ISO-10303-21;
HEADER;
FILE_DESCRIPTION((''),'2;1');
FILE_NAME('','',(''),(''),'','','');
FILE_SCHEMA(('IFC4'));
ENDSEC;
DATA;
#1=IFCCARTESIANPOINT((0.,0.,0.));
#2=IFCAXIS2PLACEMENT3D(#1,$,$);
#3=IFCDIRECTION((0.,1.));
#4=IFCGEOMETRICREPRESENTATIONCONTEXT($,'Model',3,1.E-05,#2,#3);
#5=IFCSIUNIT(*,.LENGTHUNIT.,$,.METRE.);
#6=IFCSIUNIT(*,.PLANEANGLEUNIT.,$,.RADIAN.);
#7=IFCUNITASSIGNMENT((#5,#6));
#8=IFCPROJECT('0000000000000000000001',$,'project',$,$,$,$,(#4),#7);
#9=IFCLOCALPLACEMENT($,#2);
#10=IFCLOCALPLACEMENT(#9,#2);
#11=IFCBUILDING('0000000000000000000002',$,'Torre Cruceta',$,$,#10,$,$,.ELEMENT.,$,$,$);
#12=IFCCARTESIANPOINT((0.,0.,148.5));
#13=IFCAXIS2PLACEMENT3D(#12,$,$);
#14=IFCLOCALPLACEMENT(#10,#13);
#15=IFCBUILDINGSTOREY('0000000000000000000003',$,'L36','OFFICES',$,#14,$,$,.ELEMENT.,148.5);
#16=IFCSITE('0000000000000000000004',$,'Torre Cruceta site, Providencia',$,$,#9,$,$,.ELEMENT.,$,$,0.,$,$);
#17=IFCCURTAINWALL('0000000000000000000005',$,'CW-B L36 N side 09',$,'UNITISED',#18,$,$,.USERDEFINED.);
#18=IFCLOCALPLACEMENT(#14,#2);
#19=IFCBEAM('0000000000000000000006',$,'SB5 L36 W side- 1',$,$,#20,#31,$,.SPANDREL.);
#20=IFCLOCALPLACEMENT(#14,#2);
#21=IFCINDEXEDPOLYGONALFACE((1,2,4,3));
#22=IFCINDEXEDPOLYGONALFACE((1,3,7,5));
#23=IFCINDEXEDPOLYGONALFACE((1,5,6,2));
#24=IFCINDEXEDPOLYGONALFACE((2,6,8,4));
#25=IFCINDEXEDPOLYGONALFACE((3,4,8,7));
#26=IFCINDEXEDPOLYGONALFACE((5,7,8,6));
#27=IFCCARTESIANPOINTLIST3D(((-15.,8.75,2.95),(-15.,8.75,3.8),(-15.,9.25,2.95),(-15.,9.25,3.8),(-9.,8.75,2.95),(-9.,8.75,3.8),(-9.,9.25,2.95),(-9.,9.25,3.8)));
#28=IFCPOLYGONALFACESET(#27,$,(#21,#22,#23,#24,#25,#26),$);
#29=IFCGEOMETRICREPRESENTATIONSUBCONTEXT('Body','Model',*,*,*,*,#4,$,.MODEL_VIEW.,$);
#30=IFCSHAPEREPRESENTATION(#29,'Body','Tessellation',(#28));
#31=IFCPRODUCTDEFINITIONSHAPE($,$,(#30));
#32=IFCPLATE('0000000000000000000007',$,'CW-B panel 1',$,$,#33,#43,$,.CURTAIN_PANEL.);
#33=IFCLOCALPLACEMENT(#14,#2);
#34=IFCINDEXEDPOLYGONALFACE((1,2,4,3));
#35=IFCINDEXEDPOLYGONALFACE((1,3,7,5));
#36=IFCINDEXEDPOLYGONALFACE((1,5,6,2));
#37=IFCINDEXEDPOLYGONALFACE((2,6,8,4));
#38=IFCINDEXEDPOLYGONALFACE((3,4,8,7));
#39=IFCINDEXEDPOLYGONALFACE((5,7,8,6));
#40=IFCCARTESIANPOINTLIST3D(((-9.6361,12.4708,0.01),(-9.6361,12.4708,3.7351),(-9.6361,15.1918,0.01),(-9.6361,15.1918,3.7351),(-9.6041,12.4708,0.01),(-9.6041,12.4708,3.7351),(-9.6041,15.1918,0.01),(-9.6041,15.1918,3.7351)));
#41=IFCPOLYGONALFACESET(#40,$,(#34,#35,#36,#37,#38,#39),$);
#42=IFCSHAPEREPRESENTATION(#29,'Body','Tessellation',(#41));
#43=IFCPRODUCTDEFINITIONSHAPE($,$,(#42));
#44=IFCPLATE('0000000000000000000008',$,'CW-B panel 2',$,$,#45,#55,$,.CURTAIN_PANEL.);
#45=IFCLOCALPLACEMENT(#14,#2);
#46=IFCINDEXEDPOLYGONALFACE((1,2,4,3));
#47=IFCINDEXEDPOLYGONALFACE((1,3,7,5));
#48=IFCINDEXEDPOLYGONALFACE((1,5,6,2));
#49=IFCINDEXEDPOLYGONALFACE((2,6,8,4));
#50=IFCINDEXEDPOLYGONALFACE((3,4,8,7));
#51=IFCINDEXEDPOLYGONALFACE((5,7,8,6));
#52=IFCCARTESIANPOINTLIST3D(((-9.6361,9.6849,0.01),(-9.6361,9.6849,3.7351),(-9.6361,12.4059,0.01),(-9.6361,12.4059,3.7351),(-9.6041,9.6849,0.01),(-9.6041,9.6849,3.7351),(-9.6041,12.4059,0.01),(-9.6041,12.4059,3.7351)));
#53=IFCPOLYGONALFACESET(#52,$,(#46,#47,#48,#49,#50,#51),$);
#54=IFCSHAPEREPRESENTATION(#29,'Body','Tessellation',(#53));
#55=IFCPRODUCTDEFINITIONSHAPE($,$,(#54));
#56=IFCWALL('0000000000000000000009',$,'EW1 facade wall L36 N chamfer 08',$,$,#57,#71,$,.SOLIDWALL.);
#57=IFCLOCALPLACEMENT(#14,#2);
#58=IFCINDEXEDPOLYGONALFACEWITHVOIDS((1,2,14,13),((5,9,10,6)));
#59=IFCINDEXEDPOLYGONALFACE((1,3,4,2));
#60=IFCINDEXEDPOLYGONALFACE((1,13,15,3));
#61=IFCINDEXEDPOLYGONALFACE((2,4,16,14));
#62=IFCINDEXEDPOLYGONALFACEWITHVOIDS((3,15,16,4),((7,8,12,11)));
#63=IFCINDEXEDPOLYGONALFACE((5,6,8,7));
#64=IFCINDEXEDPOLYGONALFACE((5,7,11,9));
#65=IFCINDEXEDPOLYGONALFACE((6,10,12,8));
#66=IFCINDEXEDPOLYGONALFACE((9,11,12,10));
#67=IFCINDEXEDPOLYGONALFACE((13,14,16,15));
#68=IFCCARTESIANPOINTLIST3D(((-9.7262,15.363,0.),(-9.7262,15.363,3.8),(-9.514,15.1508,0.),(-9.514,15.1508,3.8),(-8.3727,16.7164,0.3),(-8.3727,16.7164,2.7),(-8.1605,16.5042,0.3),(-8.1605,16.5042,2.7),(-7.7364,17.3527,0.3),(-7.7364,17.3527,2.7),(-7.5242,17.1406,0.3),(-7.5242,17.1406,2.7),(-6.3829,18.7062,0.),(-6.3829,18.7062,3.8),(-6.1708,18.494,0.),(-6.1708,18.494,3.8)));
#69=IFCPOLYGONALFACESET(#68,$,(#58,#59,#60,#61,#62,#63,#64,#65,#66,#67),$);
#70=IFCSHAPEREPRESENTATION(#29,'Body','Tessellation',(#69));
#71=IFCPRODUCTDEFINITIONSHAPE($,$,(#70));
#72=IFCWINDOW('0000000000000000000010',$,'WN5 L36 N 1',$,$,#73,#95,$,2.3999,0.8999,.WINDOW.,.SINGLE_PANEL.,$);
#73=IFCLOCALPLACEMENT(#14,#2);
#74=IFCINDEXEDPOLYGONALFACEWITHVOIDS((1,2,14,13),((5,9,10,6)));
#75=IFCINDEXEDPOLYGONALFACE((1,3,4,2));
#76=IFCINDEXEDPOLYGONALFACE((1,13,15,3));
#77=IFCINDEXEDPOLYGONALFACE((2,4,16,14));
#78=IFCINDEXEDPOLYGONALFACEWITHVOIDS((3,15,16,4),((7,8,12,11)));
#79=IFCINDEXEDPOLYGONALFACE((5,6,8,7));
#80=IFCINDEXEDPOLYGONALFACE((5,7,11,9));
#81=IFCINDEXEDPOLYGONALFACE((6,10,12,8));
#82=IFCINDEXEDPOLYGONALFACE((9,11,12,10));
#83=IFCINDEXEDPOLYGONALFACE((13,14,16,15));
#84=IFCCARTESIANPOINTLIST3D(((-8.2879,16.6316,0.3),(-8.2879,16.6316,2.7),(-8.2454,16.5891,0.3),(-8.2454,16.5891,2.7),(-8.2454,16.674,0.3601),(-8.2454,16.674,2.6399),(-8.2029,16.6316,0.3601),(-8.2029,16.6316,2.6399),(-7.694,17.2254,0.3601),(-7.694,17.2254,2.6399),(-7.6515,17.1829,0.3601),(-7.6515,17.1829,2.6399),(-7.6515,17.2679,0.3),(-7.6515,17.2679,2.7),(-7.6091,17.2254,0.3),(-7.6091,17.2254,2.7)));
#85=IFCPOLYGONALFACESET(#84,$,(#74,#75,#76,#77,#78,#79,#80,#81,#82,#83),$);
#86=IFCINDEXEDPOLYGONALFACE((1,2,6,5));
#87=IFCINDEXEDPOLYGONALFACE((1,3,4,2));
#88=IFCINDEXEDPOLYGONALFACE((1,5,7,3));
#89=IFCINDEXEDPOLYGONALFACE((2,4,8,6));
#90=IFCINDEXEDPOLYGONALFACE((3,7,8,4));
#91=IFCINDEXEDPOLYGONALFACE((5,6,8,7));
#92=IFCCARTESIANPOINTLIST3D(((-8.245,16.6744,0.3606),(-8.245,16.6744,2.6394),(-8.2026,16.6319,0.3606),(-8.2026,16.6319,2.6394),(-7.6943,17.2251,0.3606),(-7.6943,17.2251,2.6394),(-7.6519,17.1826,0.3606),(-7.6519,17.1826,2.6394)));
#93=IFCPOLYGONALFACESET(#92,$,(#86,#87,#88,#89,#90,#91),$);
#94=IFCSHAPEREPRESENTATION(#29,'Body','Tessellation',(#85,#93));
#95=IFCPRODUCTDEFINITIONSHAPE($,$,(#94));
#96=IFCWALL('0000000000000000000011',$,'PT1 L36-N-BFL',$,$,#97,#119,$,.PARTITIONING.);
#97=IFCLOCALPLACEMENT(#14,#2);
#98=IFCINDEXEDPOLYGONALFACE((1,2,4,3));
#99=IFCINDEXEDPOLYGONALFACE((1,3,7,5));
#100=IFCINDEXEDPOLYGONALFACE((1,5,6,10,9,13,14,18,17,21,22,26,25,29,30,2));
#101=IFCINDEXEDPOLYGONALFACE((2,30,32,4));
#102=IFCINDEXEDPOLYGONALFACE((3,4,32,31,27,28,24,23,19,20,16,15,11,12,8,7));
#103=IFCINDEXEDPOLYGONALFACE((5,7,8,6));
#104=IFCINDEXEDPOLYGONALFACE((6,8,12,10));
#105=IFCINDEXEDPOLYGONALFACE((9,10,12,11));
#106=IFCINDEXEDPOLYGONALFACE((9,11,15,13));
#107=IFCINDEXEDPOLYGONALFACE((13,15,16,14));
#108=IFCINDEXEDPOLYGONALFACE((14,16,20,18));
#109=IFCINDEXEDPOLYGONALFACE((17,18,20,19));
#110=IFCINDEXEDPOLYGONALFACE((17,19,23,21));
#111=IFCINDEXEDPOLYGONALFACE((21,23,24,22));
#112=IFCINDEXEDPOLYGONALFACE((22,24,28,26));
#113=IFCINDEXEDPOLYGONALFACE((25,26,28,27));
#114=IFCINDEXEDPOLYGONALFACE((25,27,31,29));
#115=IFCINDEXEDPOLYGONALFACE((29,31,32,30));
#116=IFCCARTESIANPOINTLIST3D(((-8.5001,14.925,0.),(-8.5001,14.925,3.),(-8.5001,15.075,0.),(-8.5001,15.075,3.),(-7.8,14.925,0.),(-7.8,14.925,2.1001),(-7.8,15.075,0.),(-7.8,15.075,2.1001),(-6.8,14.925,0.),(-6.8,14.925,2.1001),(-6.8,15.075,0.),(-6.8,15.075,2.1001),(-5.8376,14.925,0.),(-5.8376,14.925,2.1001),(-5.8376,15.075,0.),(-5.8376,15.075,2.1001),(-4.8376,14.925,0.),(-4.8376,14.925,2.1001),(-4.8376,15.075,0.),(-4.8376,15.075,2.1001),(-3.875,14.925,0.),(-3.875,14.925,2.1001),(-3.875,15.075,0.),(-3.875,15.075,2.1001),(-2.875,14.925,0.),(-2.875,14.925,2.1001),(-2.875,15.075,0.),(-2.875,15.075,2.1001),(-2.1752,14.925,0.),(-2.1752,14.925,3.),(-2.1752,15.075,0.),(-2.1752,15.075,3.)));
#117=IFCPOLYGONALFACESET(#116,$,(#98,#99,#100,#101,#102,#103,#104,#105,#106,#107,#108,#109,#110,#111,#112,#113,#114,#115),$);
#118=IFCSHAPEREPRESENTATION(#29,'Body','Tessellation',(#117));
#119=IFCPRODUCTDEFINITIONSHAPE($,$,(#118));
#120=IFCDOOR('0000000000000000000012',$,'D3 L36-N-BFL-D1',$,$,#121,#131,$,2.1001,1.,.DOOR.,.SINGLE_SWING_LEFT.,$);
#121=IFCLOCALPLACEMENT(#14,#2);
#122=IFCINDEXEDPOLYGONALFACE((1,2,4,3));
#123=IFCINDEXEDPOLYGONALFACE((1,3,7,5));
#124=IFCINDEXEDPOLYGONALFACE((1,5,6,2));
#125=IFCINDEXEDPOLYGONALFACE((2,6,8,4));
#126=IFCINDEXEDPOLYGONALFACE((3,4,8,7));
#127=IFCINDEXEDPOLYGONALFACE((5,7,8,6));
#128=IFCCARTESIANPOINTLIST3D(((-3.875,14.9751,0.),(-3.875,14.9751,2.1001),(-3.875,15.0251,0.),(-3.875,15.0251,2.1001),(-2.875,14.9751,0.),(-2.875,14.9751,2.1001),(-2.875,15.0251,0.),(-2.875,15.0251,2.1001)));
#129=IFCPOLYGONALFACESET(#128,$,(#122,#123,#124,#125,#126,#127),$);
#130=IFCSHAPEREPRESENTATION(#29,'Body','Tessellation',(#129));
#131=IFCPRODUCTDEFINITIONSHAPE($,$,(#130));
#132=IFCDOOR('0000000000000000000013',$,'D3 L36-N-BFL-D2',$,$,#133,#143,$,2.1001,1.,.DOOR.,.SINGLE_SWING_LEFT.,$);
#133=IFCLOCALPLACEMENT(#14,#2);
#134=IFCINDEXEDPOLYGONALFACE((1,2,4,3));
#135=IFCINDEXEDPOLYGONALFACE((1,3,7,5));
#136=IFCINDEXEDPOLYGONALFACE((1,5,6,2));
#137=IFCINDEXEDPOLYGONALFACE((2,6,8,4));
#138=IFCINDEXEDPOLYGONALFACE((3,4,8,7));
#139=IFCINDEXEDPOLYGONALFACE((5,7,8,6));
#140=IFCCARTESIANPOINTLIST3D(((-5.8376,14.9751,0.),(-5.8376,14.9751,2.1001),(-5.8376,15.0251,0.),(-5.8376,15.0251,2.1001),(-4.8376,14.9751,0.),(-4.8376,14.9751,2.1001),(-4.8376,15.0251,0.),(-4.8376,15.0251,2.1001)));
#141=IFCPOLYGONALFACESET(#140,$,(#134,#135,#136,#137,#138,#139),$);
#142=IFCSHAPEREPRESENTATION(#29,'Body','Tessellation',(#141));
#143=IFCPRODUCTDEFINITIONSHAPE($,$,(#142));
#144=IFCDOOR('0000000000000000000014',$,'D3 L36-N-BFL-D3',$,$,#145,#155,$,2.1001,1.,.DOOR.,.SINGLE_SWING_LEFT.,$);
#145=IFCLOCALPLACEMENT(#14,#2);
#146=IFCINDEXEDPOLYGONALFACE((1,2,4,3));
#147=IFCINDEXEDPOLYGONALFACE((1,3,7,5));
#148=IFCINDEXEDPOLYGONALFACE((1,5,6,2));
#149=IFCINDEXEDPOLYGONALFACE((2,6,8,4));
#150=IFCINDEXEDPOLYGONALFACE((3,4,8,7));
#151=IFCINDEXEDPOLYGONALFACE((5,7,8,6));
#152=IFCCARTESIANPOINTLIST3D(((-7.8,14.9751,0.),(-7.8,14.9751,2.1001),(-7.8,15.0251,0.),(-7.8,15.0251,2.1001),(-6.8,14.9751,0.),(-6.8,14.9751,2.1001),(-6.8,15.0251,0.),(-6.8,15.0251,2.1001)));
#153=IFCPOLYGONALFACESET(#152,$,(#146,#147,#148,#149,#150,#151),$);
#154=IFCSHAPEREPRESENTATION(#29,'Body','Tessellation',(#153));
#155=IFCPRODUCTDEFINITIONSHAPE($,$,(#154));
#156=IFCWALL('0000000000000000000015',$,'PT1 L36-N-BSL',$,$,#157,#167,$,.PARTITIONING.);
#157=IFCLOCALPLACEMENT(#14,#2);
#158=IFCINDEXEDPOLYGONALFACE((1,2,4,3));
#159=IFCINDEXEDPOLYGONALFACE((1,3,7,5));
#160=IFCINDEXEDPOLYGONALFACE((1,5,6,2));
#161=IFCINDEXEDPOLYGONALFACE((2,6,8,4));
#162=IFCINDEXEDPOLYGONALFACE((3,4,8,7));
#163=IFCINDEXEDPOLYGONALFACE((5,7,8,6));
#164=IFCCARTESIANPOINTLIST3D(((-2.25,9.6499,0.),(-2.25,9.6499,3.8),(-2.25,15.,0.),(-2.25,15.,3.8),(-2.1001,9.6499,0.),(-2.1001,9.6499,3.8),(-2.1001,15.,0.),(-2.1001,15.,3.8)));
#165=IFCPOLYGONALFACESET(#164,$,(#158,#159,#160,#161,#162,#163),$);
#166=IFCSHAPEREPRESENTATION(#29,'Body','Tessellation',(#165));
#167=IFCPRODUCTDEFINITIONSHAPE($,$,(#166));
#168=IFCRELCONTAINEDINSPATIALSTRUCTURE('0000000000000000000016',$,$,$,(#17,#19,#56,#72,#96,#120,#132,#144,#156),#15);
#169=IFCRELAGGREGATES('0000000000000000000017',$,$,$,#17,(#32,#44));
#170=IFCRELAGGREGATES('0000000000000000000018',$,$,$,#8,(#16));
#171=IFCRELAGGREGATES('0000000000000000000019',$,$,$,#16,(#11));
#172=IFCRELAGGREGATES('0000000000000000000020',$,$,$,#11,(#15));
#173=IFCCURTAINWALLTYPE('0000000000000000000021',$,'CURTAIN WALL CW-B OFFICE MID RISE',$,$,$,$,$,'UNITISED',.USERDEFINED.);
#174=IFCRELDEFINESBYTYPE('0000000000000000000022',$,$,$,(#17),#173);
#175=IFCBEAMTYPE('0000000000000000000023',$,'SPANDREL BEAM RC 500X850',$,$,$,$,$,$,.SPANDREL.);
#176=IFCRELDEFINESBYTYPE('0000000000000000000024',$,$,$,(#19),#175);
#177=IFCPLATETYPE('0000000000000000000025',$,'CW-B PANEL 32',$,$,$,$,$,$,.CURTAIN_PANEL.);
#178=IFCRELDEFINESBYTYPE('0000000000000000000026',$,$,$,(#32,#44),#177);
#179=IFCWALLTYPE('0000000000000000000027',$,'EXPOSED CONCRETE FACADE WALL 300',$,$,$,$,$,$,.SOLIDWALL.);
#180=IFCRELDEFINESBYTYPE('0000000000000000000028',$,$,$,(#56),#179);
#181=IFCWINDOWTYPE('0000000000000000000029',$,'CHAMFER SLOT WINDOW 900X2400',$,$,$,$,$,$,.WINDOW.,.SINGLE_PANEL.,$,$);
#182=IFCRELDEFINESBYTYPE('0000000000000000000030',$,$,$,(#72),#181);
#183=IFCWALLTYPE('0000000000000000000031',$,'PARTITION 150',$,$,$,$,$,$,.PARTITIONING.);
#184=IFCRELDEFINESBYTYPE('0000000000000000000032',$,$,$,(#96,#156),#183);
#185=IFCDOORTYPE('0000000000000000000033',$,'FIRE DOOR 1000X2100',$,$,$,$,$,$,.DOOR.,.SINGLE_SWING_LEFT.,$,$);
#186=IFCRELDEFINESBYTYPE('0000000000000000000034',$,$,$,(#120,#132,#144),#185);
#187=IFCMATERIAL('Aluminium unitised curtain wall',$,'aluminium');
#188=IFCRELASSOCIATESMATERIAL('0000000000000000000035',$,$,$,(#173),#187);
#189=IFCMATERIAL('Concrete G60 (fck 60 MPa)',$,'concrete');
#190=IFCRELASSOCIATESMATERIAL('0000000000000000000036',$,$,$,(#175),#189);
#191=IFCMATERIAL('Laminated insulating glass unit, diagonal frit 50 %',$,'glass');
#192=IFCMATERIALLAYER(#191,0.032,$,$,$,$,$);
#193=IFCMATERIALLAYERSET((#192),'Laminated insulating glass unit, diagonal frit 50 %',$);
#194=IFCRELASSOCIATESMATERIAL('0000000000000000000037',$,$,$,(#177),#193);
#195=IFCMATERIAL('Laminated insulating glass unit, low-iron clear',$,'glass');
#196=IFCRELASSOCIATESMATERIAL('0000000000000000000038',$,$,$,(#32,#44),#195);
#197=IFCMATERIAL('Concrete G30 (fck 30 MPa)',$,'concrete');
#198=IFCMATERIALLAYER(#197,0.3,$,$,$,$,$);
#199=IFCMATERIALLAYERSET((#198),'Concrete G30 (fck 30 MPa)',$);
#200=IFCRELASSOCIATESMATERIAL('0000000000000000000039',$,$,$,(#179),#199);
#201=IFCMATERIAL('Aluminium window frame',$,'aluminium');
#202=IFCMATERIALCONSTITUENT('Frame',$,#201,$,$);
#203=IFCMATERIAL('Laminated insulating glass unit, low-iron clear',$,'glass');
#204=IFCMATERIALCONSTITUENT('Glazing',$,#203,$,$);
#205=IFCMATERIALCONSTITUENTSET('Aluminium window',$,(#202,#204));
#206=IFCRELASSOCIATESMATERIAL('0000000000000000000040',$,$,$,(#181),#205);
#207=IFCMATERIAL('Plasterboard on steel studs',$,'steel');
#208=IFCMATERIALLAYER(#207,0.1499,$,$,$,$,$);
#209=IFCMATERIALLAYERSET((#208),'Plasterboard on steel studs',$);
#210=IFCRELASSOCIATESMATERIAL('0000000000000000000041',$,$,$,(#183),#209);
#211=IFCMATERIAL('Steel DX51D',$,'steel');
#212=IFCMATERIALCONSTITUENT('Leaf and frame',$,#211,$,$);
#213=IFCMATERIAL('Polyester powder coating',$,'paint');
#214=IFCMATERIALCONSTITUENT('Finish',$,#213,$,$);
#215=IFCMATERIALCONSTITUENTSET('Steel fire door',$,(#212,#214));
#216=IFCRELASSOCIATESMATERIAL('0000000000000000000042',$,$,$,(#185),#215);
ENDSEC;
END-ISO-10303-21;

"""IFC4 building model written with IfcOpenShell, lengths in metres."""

from ifc_helpers import new_model, si_unit, direction, frame, frame_2d, origin, origin_2d, place, context, subcontext, project, spatial, rectangle, hollow_rectangle, extrude, material, layer, layer_set, constituent, constituent_set, material_profile, profile_set, type_object, element, fill, aggregate, save


model = new_model("IFC4")

# Units and contexts
model_context = context("Model", 3, precision=1e-05, world=origin(), true_north=direction((0.0, 1.0)))
body_context = subcontext(model_context, "Body", "Model", "MODEL_VIEW")
ifc_project = project(units=[si_unit("LENGTHUNIT", "METRE"), si_unit("PLANEANGLEUNIT", "RADIAN")], contexts=[model_context])

# Site, building, storey
site_placement = place(None, origin())
site = spatial("IfcSite", under=ifc_project, at=site_placement, Name="Torre Cruceta site, Providencia", CompositionType="ELEMENT", RefElevation=0.0)
building_placement = place(site_placement, origin())
building = spatial("IfcBuilding", under=site, at=building_placement, Name="Torre Cruceta", CompositionType="ELEMENT")
storey_placement = place(building_placement, frame((0.0, 0.0, 148.5)))
storey = spatial("IfcBuildingStorey", under=building, at=storey_placement, Name="L36", Description="OFFICES", CompositionType="ELEMENT", Elevation=148.5)

# Curtain wall
ifc_material_1 = material(Name="Aluminium unitised curtain wall", Category="aluminium")
curtain_wall_type = type_object("IfcCurtainWallType", Name="CURTAIN WALL CW-B OFFICE MID RISE", ElementType="UNITISED", PredefinedType="USERDEFINED", material=ifc_material_1)
curtain_wall_placement = place(storey_placement, origin())
curtain_wall = element("IfcCurtainWall", 1, at=curtain_wall_placement, inside=storey, type_object=curtain_wall_type, Name="CW-B L36 N side 09", ObjectType="UNITISED", PredefinedType="USERDEFINED")

# Beam
ifc_material_2 = material(Name="Concrete G60 (fck 60 MPa)", Category="concrete")
ifc_material_profile_1 = material_profile(ifc_material_2, rectangle(XDim=0.5, YDim=0.8501, at=origin_2d()), Name="RC 500X850")
ifc_profile_set_1 = profile_set([ifc_material_profile_1], Name="Concrete G60 (fck 60 MPa)")
beam_type_1 = type_object("IfcBeamType", Name="SPANDREL BEAM RC 500X850", PredefinedType="SPANDREL", material=ifc_profile_set_1)
beam_1_placement = place(storey_placement, frame((-9.0, 9.0, 3.375), z_axis=(-1.0, 0.0, 0.0), x_axis=(0.0, -1.0, 0.0)))
element("IfcBeam", 2, at=beam_1_placement, inside=storey, type_object=beam_type_1, Name="SB5 L36 W side- 1", PredefinedType="SPANDREL", context=body_context, shape_type="SweptSolid", body=[
    extrude(rectangle(XDim=0.5, YDim=0.8501, at=origin_2d()), origin(), (0.0, 0.0, 1.0), 6.0),
])

# Plates
ifc_material_3 = material(Name="Laminated insulating glass unit, low-iron clear", Category="glass")
ifc_material_4 = material(Name="Laminated insulating glass unit, diagonal frit 50 %", Category="glass")
ifc_layer_1 = layer(ifc_material_4, 0.032)
ifc_layer_set_1 = layer_set([ifc_layer_1], Name="Laminated insulating glass unit, diagonal frit 50 %")
plate_type = type_object("IfcPlateType", Name="CW-B PANEL 32", PredefinedType="CURTAIN_PANEL", material=ifc_layer_set_1)
plate_1_placement = place(storey_placement, frame((-9.6201, 13.8313, 0.01), z_axis=(0.0, 0.0, 1.0), x_axis=(0.0, -1.0, 0.0)))
plate_1 = element("IfcPlate", 3, at=plate_1_placement, type_object=plate_type, material=ifc_material_3, Name="CW-B panel 1", PredefinedType="CURTAIN_PANEL", context=body_context, shape_type="SweptSolid", body=[
    extrude(rectangle(XDim=2.7209, YDim=0.032, at=origin_2d()), origin(), (0.0, 0.0, 1.0), 3.7251),
])
plate_2_placement = place(storey_placement, frame((-9.6201, 11.0454, 0.01), z_axis=(0.0, 0.0, 1.0), x_axis=(0.0, -1.0, 0.0)))
plate_2 = element("IfcPlate", 4, at=plate_2_placement, type_object=plate_type, material=ifc_material_3, Name="CW-B panel 2", PredefinedType="CURTAIN_PANEL", context=body_context, shape_type="SweptSolid", body=[
    extrude(rectangle(XDim=2.7209, YDim=0.032, at=origin_2d()), origin(), (0.0, 0.0, 1.0), 3.7251),
])
aggregate(curtain_wall, [plate_1, plate_2])

# Wall, opening, window
ifc_material_5 = material(Name="Concrete G30 (fck 30 MPa)", Category="concrete")
ifc_layer_2 = layer(ifc_material_5, 0.3)
ifc_layer_set_2 = layer_set([ifc_layer_2], Name="Concrete G30 (fck 30 MPa)")
wall_type_1 = type_object("IfcWallType", Name="EXPOSED CONCRETE FACADE WALL 300", PredefinedType="SOLIDWALL", material=ifc_layer_set_2)
wall_1_placement = place(storey_placement, frame((-6.2769, 18.6001, 0.0), z_axis=(0.0, 0.0, 1.0), x_axis=(-0.707107, -0.707107, 0.0)))
wall_1 = element("IfcWall", 5, at=wall_1_placement, inside=storey, type_object=wall_type_1, Name="EW1 facade wall L36 N chamfer 08", PredefinedType="SOLIDWALL", context=body_context, shape_type="SweptSolid", body=[
    extrude(rectangle(XDim=4.728, YDim=0.3, at=frame_2d((2.364, 0.0))), origin(), (0.0, 0.0, 1.0), 3.8),
])
opening_1_placement = place(wall_1_placement, frame((1.9141, 0.0, 0.3)))
opening_1 = element("IfcOpeningElement", 6, at=opening_1_placement, cuts=wall_1, PredefinedType="OPENING", context=body_context, shape_type="SweptSolid", body=[
    extrude(rectangle(XDim=0.8999, YDim=2.3999, at=frame_2d((0.45, 1.2))), frame((0.0, 0.1599, 0.0), z_axis=(0.0, -1.0, 0.0), x_axis=(1.0, 0.0, 0.0)), (0.0, 0.0, 1.0), 0.3201),
])
ifc_material_6 = material(Name="Aluminium window frame", Category="aluminium")
ifc_constituent_1 = constituent(ifc_material_6, Name="Frame")
ifc_material_7 = material(Name="Laminated insulating glass unit, low-iron clear", Category="glass")
ifc_constituent_2 = constituent(ifc_material_7, Name="Glazing")
ifc_constituent_set_1 = constituent_set(constituents=[ifc_constituent_1, ifc_constituent_2], Name="Aluminium window")
window_type = type_object("IfcWindowType", Name="CHAMFER SLOT WINDOW 900X2400", PartitioningType="SINGLE_PANEL", PredefinedType="WINDOW", material=ifc_constituent_set_1)
window_placement = place(opening_1_placement, origin())
window = element("IfcWindow", 7, at=window_placement, inside=storey, type_object=window_type, Name="WN5 L36 N 1", OverallHeight=2.3999, OverallWidth=0.8999, PartitioningType="SINGLE_PANEL", PredefinedType="WINDOW", context=body_context, shape_type="SweptSolid", body=[
    extrude(hollow_rectangle(XDim=0.8999, YDim=2.3999, WallThickness=0.0601, at=frame_2d((0.45, 1.2))), frame((0.0, 0.03, 0.0), z_axis=(0.0, -1.0, 0.0), x_axis=(1.0, 0.0, 0.0)), (0.0, 0.0, 1.0), 0.0601),
    extrude(rectangle(XDim=0.7788, YDim=2.2788, at=frame_2d((0.45, 1.2))), frame((0.0, 0.03, 0.0), z_axis=(0.0, -1.0, 0.0), x_axis=(1.0, 0.0, 0.0)), (0.0, 0.0, 1.0), 0.0601),
])
fill(opening_1, window)

# Wall, openings, doors
ifc_material_8 = material(Name="Plasterboard on steel studs", Category="steel")
ifc_layer_3 = layer(ifc_material_8, 0.1499)
ifc_layer_set_3 = layer_set([ifc_layer_3], Name="Plasterboard on steel studs")
wall_type_2 = type_object("IfcWallType", Name="PARTITION 150", PredefinedType="PARTITIONING", material=ifc_layer_set_3)
wall_2_placement = place(storey_placement, frame((-2.175, 15.0, 0.0), z_axis=(0.0, 0.0, 1.0), x_axis=(-1.0, 0.0, 0.0)))
wall_2 = element("IfcWall", 8, at=wall_2_placement, inside=storey, type_object=wall_type_2, Name="PT1 L36-N-BFL", PredefinedType="PARTITIONING", context=body_context, shape_type="SweptSolid", body=[
    extrude(rectangle(XDim=6.325, YDim=0.1499, at=frame_2d((3.1626, 0.0))), origin(), (0.0, 0.0, 1.0), 3.0),
])
opening_2_placement = place(wall_2_placement, frame((0.7, 0.0, 0.0)))
opening_2 = element("IfcOpeningElement", 9, at=opening_2_placement, cuts=wall_2, PredefinedType="OPENING", context=body_context, shape_type="SweptSolid", body=[
    extrude(rectangle(XDim=1.0, YDim=2.1001, at=frame_2d((0.5, 1.05))), frame((0.0, 0.085, 0.0), z_axis=(0.0, -1.0, 0.0), x_axis=(1.0, 0.0, 0.0)), (0.0, 0.0, 1.0), 0.1699),
])
opening_3_placement = place(wall_2_placement, frame((2.6626, 0.0, 0.0)))
opening_3 = element("IfcOpeningElement", 10, at=opening_3_placement, cuts=wall_2, PredefinedType="OPENING", context=body_context, shape_type="SweptSolid", body=[
    extrude(rectangle(XDim=1.0, YDim=2.1001, at=frame_2d((0.5, 1.05))), frame((0.0, 0.085, 0.0), z_axis=(0.0, -1.0, 0.0), x_axis=(1.0, 0.0, 0.0)), (0.0, 0.0, 1.0), 0.1699),
])
opening_4_placement = place(wall_2_placement, frame((4.625, 0.0, 0.0)))
opening_4 = element("IfcOpeningElement", 11, at=opening_4_placement, cuts=wall_2, PredefinedType="OPENING", context=body_context, shape_type="SweptSolid", body=[
    extrude(rectangle(XDim=1.0, YDim=2.1001, at=frame_2d((0.5, 1.05))), frame((0.0, 0.085, 0.0), z_axis=(0.0, -1.0, 0.0), x_axis=(1.0, 0.0, 0.0)), (0.0, 0.0, 1.0), 0.1699),
])
ifc_material_9 = material(Name="Steel DX51D", Category="steel")
ifc_constituent_3 = constituent(ifc_material_9, Name="Leaf and frame")
ifc_material_10 = material(Name="Polyester powder coating", Category="paint")
ifc_constituent_4 = constituent(ifc_material_10, Name="Finish")
ifc_constituent_set_2 = constituent_set(constituents=[ifc_constituent_3, ifc_constituent_4], Name="Steel fire door")
door_type_1 = type_object("IfcDoorType", Name="FIRE DOOR 1000X2100", OperationType="SINGLE_SWING_LEFT", PredefinedType="DOOR", material=ifc_constituent_set_2)
door_1_placement = place(opening_2_placement, origin())
door_1 = element("IfcDoor", 12, at=door_1_placement, inside=storey, type_object=door_type_1, Name="D3 L36-N-BFL-D1", OperationType="SINGLE_SWING_LEFT", OverallHeight=2.1001, OverallWidth=1.0, PredefinedType="DOOR", context=body_context, shape_type="SweptSolid", body=[
    extrude(rectangle(XDim=1.0, YDim=2.1001, at=frame_2d((0.5, 1.05))), frame((0.0, 0.0249, 0.0), z_axis=(0.0, -1.0, 0.0), x_axis=(1.0, 0.0, 0.0)), (0.0, 0.0, 1.0), 0.05),
])
fill(opening_2, door_1)
door_2_placement = place(opening_3_placement, origin())
door_2 = element("IfcDoor", 13, at=door_2_placement, inside=storey, type_object=door_type_1, Name="D3 L36-N-BFL-D2", OperationType="SINGLE_SWING_LEFT", OverallHeight=2.1001, OverallWidth=1.0, PredefinedType="DOOR", context=body_context, shape_type="SweptSolid", body=[
    extrude(rectangle(XDim=1.0, YDim=2.1001, at=frame_2d((0.5, 1.05))), frame((0.0, 0.0249, 0.0), z_axis=(0.0, -1.0, 0.0), x_axis=(1.0, 0.0, 0.0)), (0.0, 0.0, 1.0), 0.05),
])
fill(opening_3, door_2)
door_3_placement = place(opening_4_placement, origin())
door_3 = element("IfcDoor", 14, at=door_3_placement, inside=storey, type_object=door_type_1, Name="D3 L36-N-BFL-D3", OperationType="SINGLE_SWING_LEFT", OverallHeight=2.1001, OverallWidth=1.0, PredefinedType="DOOR", context=body_context, shape_type="SweptSolid", body=[
    extrude(rectangle(XDim=1.0, YDim=2.1001, at=frame_2d((0.5, 1.05))), frame((0.0, 0.0249, 0.0), z_axis=(0.0, -1.0, 0.0), x_axis=(1.0, 0.0, 0.0)), (0.0, 0.0, 1.0), 0.05),
])
fill(opening_4, door_3)

# Wall
wall_3_placement = place(storey_placement, frame((-2.175, 9.6499, 0.0), z_axis=(0.0, 0.0, 1.0), x_axis=(0.0, 1.0, 0.0)))
element("IfcWall", 15, at=wall_3_placement, inside=storey, type_object=wall_type_2, Name="PT1 L36-N-BSL", PredefinedType="PARTITIONING", context=body_context, shape_type="SweptSolid", body=[
    extrude(rectangle(XDim=5.3501, YDim=0.1499, at=frame_2d((2.675, 0.0))), origin(), (0.0, 0.0, 1.0), 3.8),
])

save(model, "model.ifc")
